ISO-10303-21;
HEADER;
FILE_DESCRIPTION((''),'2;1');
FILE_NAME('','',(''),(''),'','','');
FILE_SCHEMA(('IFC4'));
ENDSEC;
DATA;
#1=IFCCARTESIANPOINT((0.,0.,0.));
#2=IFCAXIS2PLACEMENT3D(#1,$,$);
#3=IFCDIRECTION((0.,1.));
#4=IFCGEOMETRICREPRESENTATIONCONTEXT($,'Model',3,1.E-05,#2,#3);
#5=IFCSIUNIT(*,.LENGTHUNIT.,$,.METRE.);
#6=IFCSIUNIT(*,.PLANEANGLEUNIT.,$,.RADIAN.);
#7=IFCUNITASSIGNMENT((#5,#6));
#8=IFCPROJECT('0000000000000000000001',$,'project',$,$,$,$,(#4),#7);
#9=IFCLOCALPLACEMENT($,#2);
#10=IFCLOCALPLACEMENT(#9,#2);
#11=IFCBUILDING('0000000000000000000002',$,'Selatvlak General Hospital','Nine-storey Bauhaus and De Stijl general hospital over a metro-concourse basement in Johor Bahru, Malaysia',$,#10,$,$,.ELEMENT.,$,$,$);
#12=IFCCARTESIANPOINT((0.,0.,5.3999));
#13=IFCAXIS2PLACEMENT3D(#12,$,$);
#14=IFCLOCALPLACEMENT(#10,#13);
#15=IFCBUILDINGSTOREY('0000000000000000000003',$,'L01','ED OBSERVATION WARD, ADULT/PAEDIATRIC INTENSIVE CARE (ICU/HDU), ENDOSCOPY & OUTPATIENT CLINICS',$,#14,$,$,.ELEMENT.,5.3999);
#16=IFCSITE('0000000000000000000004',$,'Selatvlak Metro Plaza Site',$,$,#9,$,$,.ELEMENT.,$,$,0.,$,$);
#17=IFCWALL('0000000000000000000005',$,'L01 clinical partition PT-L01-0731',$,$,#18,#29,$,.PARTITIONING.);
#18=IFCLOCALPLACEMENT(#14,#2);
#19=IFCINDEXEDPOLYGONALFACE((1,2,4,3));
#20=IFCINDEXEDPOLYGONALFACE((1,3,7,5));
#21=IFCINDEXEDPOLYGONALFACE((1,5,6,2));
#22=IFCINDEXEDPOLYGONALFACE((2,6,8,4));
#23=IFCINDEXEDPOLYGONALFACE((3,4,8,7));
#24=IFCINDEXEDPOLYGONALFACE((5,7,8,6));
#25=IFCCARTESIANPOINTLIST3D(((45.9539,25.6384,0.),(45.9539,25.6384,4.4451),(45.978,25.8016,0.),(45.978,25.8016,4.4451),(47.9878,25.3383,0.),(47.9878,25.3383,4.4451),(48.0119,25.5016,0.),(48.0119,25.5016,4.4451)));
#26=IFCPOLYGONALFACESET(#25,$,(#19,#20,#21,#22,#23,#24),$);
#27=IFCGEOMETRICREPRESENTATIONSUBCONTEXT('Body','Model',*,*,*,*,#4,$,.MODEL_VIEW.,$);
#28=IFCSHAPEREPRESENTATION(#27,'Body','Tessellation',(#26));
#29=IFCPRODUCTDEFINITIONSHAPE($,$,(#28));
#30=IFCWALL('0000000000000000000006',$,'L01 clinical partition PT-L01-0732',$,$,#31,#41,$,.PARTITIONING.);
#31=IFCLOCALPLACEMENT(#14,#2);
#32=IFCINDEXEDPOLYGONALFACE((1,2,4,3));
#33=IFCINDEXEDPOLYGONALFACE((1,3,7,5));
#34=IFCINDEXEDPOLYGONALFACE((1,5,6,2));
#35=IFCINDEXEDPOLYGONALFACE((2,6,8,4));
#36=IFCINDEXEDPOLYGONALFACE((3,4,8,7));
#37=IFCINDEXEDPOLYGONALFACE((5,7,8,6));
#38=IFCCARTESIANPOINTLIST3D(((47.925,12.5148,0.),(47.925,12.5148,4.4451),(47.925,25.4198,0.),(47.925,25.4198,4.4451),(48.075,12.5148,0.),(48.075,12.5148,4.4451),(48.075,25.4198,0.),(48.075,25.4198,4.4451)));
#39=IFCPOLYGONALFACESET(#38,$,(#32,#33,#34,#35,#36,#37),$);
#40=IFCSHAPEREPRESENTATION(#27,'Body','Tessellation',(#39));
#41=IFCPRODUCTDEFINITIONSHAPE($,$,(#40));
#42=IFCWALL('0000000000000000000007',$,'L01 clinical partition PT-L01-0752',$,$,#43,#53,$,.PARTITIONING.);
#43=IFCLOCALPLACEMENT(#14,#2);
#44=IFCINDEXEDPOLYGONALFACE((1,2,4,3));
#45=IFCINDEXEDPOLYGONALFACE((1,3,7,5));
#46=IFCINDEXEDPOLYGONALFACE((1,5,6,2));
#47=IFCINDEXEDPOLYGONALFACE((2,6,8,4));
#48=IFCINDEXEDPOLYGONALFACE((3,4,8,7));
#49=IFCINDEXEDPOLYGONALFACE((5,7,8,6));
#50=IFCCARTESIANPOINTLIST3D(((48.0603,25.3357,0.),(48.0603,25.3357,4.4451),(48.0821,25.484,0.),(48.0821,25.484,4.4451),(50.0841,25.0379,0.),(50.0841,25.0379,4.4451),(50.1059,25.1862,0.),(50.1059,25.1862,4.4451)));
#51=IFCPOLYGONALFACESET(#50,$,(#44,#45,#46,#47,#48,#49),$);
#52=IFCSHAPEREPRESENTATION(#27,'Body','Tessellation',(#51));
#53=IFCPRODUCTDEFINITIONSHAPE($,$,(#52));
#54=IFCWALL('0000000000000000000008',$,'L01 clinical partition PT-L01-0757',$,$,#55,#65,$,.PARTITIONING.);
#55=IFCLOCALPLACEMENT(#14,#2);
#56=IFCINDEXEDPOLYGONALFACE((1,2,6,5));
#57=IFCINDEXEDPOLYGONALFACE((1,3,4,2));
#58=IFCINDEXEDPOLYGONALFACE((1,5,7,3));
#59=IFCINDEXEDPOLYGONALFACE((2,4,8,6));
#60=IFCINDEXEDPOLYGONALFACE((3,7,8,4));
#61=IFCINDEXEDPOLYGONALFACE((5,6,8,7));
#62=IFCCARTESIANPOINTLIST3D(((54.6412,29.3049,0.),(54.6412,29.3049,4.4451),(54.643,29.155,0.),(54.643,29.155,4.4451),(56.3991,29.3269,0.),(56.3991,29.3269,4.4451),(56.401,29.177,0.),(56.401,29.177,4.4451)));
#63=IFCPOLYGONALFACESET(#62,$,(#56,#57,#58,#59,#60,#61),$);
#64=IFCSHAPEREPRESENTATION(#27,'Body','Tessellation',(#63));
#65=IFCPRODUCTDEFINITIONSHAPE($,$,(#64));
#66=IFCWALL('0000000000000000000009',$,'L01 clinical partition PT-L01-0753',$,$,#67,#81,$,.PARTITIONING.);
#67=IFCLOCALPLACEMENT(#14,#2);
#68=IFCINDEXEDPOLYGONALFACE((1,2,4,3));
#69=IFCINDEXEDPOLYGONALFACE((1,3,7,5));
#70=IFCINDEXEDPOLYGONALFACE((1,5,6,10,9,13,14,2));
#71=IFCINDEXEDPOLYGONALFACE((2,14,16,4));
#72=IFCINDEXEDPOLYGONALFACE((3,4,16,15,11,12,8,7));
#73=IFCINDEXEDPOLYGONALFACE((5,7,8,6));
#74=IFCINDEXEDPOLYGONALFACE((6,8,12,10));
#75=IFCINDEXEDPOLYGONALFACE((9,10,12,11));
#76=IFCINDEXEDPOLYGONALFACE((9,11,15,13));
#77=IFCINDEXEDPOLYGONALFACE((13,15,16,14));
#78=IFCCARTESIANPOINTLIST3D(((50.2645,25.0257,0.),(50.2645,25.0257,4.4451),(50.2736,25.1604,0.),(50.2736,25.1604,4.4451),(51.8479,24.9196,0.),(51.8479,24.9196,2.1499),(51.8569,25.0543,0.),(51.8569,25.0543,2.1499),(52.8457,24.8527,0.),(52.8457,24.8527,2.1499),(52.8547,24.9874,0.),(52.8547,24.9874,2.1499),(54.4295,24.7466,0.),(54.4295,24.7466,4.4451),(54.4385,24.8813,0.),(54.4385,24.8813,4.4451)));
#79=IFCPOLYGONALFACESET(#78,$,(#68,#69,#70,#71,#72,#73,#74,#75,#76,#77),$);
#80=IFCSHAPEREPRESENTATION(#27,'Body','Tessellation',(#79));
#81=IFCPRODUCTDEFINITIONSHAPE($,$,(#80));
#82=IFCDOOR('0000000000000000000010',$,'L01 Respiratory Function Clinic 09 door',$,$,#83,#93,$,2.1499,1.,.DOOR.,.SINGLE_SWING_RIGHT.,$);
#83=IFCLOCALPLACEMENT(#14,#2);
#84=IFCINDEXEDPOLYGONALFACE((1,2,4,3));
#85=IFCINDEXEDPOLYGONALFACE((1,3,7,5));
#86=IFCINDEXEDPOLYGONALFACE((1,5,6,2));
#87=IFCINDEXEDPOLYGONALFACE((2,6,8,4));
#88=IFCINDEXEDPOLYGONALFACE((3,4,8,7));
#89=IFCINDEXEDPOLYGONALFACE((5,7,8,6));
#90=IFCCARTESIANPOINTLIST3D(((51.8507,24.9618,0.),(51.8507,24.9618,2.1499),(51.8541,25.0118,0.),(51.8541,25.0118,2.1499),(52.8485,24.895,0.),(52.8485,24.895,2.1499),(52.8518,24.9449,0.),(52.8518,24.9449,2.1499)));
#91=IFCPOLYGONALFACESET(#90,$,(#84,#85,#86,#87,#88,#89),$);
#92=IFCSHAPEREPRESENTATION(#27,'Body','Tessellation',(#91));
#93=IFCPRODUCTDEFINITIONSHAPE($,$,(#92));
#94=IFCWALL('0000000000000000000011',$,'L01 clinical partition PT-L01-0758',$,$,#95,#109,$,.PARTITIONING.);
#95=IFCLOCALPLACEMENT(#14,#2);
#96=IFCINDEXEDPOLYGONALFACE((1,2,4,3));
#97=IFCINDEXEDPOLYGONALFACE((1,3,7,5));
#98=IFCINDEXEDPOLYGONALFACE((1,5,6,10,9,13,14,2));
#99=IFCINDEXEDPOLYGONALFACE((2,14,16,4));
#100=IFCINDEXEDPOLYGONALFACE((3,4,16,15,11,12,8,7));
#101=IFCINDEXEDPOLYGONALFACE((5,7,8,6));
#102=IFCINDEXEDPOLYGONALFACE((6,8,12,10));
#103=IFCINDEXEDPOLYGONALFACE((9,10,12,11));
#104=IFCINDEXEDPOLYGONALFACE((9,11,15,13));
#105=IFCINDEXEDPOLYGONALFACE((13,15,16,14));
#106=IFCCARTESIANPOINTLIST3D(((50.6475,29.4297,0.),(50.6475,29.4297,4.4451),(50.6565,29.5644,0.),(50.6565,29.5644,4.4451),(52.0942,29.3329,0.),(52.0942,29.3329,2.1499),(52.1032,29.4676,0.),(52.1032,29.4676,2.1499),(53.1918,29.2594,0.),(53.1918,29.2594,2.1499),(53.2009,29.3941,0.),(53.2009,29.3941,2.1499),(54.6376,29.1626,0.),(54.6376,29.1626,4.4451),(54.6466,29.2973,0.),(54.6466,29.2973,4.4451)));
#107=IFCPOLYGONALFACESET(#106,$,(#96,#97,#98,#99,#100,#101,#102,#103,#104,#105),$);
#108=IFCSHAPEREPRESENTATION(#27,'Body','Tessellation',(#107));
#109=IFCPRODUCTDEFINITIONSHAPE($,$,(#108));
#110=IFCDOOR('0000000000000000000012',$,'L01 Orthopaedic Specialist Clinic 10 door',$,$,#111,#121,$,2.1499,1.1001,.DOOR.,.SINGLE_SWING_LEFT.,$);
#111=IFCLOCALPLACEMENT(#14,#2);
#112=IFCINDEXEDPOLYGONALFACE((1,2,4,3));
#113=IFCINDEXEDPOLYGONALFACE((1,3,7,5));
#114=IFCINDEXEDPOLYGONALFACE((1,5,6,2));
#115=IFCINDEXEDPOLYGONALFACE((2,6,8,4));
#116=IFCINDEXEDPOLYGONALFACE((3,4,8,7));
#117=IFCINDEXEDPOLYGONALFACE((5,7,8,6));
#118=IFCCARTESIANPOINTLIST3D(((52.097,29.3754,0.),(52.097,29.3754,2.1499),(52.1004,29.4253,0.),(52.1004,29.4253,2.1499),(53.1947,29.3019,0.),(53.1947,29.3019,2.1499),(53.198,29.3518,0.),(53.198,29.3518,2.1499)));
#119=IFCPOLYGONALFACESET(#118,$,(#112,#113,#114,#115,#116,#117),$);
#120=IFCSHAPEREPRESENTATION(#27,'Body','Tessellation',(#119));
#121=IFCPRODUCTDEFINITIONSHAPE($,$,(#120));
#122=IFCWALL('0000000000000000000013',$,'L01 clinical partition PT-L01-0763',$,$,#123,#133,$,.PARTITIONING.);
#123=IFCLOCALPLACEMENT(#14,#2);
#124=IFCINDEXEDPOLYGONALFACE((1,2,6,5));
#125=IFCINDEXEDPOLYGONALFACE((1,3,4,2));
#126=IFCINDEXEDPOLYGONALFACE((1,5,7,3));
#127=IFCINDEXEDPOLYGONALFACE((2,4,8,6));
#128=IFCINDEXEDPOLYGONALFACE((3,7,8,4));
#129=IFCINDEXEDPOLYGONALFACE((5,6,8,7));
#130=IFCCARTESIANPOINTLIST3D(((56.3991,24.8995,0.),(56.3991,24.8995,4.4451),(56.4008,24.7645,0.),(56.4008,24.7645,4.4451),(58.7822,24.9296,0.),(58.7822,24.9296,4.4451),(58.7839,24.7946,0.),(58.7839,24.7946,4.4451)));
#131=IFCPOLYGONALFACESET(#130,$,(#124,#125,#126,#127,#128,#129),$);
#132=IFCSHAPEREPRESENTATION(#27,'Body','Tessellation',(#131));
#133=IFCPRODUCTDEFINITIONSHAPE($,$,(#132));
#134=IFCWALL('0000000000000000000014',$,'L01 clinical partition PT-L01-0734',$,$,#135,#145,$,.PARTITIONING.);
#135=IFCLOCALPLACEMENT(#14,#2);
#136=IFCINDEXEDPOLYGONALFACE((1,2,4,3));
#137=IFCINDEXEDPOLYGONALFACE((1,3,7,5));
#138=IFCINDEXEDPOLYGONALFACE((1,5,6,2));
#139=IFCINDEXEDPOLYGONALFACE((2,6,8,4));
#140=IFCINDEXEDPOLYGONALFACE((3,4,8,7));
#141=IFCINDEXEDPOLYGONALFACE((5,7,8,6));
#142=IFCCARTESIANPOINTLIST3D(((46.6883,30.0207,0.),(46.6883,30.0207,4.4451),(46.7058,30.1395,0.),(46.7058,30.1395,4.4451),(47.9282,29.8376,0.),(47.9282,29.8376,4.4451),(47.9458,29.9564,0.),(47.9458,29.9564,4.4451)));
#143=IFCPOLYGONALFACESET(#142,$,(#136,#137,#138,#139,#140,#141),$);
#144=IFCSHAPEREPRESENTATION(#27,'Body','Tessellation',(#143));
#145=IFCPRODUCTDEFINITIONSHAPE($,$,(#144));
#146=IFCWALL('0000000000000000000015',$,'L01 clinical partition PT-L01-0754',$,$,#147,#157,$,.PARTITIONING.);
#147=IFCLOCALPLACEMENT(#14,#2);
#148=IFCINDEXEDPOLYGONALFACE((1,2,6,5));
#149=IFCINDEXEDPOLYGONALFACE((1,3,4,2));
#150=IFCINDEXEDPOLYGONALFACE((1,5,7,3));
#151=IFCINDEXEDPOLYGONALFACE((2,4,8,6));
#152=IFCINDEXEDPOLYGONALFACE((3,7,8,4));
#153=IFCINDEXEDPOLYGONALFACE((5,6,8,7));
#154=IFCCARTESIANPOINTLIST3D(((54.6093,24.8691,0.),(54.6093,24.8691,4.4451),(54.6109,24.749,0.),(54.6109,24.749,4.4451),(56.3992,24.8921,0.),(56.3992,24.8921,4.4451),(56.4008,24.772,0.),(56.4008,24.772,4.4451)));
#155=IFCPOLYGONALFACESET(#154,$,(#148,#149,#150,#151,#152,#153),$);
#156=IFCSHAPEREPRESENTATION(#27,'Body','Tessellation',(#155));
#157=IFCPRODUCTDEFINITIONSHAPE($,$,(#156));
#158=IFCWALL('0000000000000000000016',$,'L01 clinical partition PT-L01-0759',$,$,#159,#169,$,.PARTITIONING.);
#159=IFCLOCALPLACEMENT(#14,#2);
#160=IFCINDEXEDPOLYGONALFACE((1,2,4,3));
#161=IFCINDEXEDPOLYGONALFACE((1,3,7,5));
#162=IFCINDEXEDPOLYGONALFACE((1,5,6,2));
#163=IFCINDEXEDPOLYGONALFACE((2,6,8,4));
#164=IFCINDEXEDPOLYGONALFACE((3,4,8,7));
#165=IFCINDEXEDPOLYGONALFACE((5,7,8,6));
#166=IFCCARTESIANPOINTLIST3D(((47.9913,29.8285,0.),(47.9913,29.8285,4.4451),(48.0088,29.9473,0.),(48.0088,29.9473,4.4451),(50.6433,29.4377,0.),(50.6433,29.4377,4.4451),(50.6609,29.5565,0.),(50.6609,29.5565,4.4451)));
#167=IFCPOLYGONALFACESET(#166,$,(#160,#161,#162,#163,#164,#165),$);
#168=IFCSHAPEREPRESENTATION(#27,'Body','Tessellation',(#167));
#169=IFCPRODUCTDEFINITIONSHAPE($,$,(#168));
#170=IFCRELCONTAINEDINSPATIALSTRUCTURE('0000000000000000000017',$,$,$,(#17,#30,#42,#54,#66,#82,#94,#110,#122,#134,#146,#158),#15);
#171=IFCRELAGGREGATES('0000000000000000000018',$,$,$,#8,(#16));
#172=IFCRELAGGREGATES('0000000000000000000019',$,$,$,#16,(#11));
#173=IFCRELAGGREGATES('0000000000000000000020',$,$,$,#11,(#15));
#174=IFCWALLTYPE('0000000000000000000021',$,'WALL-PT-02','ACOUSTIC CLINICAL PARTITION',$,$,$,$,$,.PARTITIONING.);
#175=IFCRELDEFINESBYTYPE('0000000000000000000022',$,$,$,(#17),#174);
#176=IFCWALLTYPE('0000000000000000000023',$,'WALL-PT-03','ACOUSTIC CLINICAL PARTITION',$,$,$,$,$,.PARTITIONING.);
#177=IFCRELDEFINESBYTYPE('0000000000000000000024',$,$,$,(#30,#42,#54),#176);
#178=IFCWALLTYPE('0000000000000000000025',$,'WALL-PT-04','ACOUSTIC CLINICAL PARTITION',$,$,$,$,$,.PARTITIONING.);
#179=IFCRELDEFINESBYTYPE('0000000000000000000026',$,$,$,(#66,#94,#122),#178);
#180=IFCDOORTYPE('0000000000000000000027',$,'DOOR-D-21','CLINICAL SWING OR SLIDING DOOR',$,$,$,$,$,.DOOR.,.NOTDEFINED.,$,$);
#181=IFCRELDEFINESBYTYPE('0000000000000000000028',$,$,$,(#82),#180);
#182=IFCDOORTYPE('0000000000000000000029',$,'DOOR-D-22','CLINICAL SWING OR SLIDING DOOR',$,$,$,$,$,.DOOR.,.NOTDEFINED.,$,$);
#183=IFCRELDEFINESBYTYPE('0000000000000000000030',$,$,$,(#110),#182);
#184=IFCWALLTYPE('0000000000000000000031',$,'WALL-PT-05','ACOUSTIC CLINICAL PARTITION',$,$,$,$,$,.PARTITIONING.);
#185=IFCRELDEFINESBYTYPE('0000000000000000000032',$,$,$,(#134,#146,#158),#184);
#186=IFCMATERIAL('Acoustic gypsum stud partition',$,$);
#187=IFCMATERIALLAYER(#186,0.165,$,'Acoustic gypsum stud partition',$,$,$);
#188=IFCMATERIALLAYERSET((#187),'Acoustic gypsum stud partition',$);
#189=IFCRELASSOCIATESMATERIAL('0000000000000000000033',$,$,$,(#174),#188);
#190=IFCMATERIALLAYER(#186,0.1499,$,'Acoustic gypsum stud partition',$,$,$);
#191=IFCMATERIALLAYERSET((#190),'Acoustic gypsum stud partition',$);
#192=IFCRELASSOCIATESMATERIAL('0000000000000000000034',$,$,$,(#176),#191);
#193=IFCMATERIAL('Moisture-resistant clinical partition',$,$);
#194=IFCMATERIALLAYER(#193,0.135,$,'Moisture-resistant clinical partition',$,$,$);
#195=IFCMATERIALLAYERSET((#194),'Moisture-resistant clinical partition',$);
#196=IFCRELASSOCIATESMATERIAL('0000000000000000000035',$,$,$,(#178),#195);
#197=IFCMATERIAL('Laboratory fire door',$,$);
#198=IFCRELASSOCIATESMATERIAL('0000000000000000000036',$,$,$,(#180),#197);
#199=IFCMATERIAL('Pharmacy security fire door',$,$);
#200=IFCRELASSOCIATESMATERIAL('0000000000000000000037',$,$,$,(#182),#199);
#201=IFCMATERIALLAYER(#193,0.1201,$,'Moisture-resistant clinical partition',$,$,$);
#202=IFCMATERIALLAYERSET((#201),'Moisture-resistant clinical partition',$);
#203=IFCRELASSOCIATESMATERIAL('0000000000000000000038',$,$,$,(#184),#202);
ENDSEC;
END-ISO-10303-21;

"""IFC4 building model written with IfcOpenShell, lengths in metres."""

from ifc_helpers import new_model, si_unit, direction, frame, frame_2d, origin, place, context, subcontext, project, spatial, rectangle, extrude, material, layer, layer_set, type_object, element, fill, save


model = new_model("IFC4")

# Units and contexts
model_context = context("Model", 3, precision=1e-05, world=origin(), true_north=direction((0.0, 1.0)))
body_context = subcontext(model_context, "Body", "Model", "MODEL_VIEW")
ifc_project = project(units=[si_unit("LENGTHUNIT", "METRE"), si_unit("PLANEANGLEUNIT", "RADIAN")], contexts=[model_context])

# Site, building, storey
site_placement = place(None, origin())
site = spatial("IfcSite", under=ifc_project, at=site_placement, Name="Selatvlak Metro Plaza Site", CompositionType="ELEMENT", RefElevation=0.0)
building_placement = place(site_placement, origin())
building = spatial("IfcBuilding", under=site, at=building_placement, Name="Selatvlak General Hospital", Description="Nine-storey Bauhaus and De Stijl general hospital over a metro-concourse basement in Johor Bahru, Malaysia", CompositionType="ELEMENT")
storey_placement = place(building_placement, frame((0.0, 0.0, 5.3999)))
storey = spatial("IfcBuildingStorey", under=building, at=storey_placement, Name="L01", Description="ED OBSERVATION WARD, ADULT/PAEDIATRIC INTENSIVE CARE (ICU/HDU), ENDOSCOPY & OUTPATIENT CLINICS", CompositionType="ELEMENT", Elevation=5.3999)

# Walls
ifc_material_1 = material(Name="Acoustic gypsum stud partition")
ifc_layer_1 = layer(ifc_material_1, 0.165, Name="Acoustic gypsum stud partition")
ifc_layer_set_1 = layer_set([ifc_layer_1], Name="Acoustic gypsum stud partition")
wall_type_1 = type_object("IfcWallType", Name="WALL-PT-02", Description="ACOUSTIC CLINICAL PARTITION", PredefinedType="PARTITIONING", material=ifc_layer_set_1)
wall_1_placement = place(storey_placement, frame((45.9661, 25.72, 0.0), z_axis=(0.0, 0.0, 1.0), x_axis=(0.989293, -0.145942, 0.0)))
element("IfcWall", 1, at=wall_1_placement, inside=storey, type_object=wall_type_1, Name="L01 clinical partition PT-L01-0731", PredefinedType="PARTITIONING", context=body_context, shape_type="SweptSolid", body=[
    extrude(rectangle(XDim=2.0559, YDim=0.165, at=frame_2d((1.0278, 0.0))), origin(), (0.0, 0.0, 1.0), 4.4451),
])
ifc_layer_2 = layer(ifc_material_1, 0.1499, Name="Acoustic gypsum stud partition")
ifc_layer_set_2 = layer_set([ifc_layer_2], Name="Acoustic gypsum stud partition")
wall_type_2 = type_object("IfcWallType", Name="WALL-PT-03", Description="ACOUSTIC CLINICAL PARTITION", PredefinedType="PARTITIONING", material=ifc_layer_set_2)
wall_2_placement = place(storey_placement, frame((48.0, 25.4199, 0.0), z_axis=(0.0, 0.0, 1.0), x_axis=(0.0, -1.0, 0.0)))
element("IfcWall", 2, at=wall_2_placement, inside=storey, type_object=wall_type_2, Name="L01 clinical partition PT-L01-0732", PredefinedType="PARTITIONING", context=body_context, shape_type="SweptSolid", body=[
    extrude(rectangle(XDim=12.905, YDim=0.1499, at=frame_2d((6.4526, 0.0))), origin(), (0.0, 0.0, 1.0), 4.4451),
])
wall_3_placement = place(storey_placement, frame((48.071, 25.4099, 0.0), z_axis=(0.0, 0.0, 1.0), x_axis=(0.989344, -0.145597, 0.0)))
element("IfcWall", 3, at=wall_3_placement, inside=storey, type_object=wall_type_2, Name="L01 clinical partition PT-L01-0752", PredefinedType="PARTITIONING", context=body_context, shape_type="SweptSolid", body=[
    extrude(rectangle(XDim=2.0457, YDim=0.1499, at=frame_2d((1.0229, 0.0))), origin(), (0.0, 0.0, 1.0), 4.4451),
])
wall_4_placement = place(storey_placement, frame((56.3999, 29.252, 0.0), z_axis=(0.0, 0.0, 1.0), x_axis=(-0.999922, -0.012499, 0.0)))
element("IfcWall", 4, at=wall_4_placement, inside=storey, type_object=wall_type_2, Name="L01 clinical partition PT-L01-0757", PredefinedType="PARTITIONING", context=body_context, shape_type="SweptSolid", body=[
    extrude(rectangle(XDim=1.7581, YDim=0.1499, at=frame_2d((0.8789, 0.0))), origin(), (0.0, 0.0, 1.0), 4.4451),
])

# Walls, openings, doors
ifc_material_2 = material(Name="Moisture-resistant clinical partition")
ifc_layer_3 = layer(ifc_material_2, 0.135, Name="Moisture-resistant clinical partition")
ifc_layer_set_3 = layer_set([ifc_layer_3], Name="Moisture-resistant clinical partition")
wall_type_3 = type_object("IfcWallType", Name="WALL-PT-04", Description="ACOUSTIC CLINICAL PARTITION", PredefinedType="PARTITIONING", material=ifc_layer_set_3)
wall_5_placement = place(storey_placement, frame((50.269, 25.093, 0.0), z_axis=(0.0, 0.0, 1.0), x_axis=(0.997763, -0.066849, 0.0)))
wall_5 = element("IfcWall", 5, at=wall_5_placement, inside=storey, type_object=wall_type_3, Name="L01 clinical partition PT-L01-0753", PredefinedType="PARTITIONING", context=body_context, shape_type="SweptSolid", body=[
    extrude(rectangle(XDim=4.1743, YDim=0.135, at=frame_2d((2.0872, 0.0))), origin(), (0.0, 0.0, 1.0), 4.4451),
])
opening_1_placement = place(wall_5_placement, frame((1.5869, 0.0, 0.0)))
opening_1 = element("IfcOpeningElement", 6, at=opening_1_placement, cuts=wall_5, PredefinedType="OPENING", context=body_context, shape_type="SweptSolid", body=[
    extrude(rectangle(XDim=1.0, YDim=2.1499, at=frame_2d((0.5, 1.075))), frame((0.0, 0.0774, 0.0), z_axis=(0.0, -1.0, 0.0), x_axis=(1.0, 0.0, 0.0)), (0.0, 0.0, 1.0), 0.155),
])
ifc_material_3 = material(Name="Laboratory fire door")
door_type_1 = type_object("IfcDoorType", Name="DOOR-D-21", Description="CLINICAL SWING OR SLIDING DOOR", OperationType="NOTDEFINED", PredefinedType="DOOR", material=ifc_material_3)
door_1_placement = place(opening_1_placement, origin())
door_1 = element("IfcDoor", 7, at=door_1_placement, inside=storey, type_object=door_type_1, Name="L01 Respiratory Function Clinic 09 door", OperationType="SINGLE_SWING_RIGHT", OverallHeight=2.1499, OverallWidth=1.0, PredefinedType="DOOR", context=body_context, shape_type="SweptSolid", body=[
    extrude(rectangle(XDim=1.0, YDim=2.1499, at=frame_2d((0.5, 1.075))), frame((0.0, 0.0249, 0.0), z_axis=(0.0, -1.0, 0.0), x_axis=(1.0, 0.0, 0.0)), (0.0, 0.0, 1.0), 0.05),
])
fill(opening_1, door_1)
wall_6_placement = place(storey_placement, frame((54.6421, 29.23, 0.0), z_axis=(0.0, 0.0, 1.0), x_axis=(-0.997767, 0.06679, 0.0)))
wall_6 = element("IfcWall", 8, at=wall_6_placement, inside=storey, type_object=wall_type_3, Name="L01 clinical partition PT-L01-0758", PredefinedType="PARTITIONING", context=body_context, shape_type="SweptSolid", body=[
    extrude(rectangle(XDim=3.999, YDim=0.135, at=frame_2d((1.9995, 0.0))), origin(), (0.0, 0.0, 1.0), 4.4451),
])
opening_2_placement = place(wall_6_placement, frame((1.449, 0.0, 0.0)))
opening_2 = element("IfcOpeningElement", 9, at=opening_2_placement, cuts=wall_6, PredefinedType="OPENING", context=body_context, shape_type="SweptSolid", body=[
    extrude(rectangle(XDim=1.1001, YDim=2.1499, at=frame_2d((0.55, 1.075))), frame((0.0, 0.0774, 0.0), z_axis=(0.0, -1.0, 0.0), x_axis=(1.0, 0.0, 0.0)), (0.0, 0.0, 1.0), 0.155),
])
ifc_material_4 = material(Name="Pharmacy security fire door")
door_type_2 = type_object("IfcDoorType", Name="DOOR-D-22", Description="CLINICAL SWING OR SLIDING DOOR", OperationType="NOTDEFINED", PredefinedType="DOOR", material=ifc_material_4)
door_2_placement = place(opening_2_placement, origin())
door_2 = element("IfcDoor", 10, at=door_2_placement, inside=storey, type_object=door_type_2, Name="L01 Orthopaedic Specialist Clinic 10 door", OperationType="SINGLE_SWING_LEFT", OverallHeight=2.1499, OverallWidth=1.1001, PredefinedType="DOOR", context=body_context, shape_type="SweptSolid", body=[
    extrude(rectangle(XDim=1.1001, YDim=2.1499, at=frame_2d((0.55, 1.075))), frame((0.0, 0.0249, 0.0), z_axis=(0.0, -1.0, 0.0), x_axis=(1.0, 0.0, 0.0)), (0.0, 0.0, 1.0), 0.05),
])
fill(opening_2, door_2)

# Walls
wall_7_placement = place(storey_placement, frame((56.3999, 24.832, 0.0), z_axis=(0.0, 0.0, 1.0), x_axis=(0.999921, 0.0126, 0.0)))
element("IfcWall", 11, at=wall_7_placement, inside=storey, type_object=wall_type_3, Name="L01 clinical partition PT-L01-0763", PredefinedType="PARTITIONING", context=body_context, shape_type="SweptSolid", body=[
    extrude(rectangle(XDim=2.3833, YDim=0.135, at=frame_2d((1.1917, 0.0))), origin(), (0.0, 0.0, 1.0), 4.4451),
])
ifc_layer_4 = layer(ifc_material_2, 0.1201, Name="Moisture-resistant clinical partition")
ifc_layer_set_4 = layer_set([ifc_layer_4], Name="Moisture-resistant clinical partition")
wall_type_4 = type_object("IfcWallType", Name="WALL-PT-05", Description="ACOUSTIC CLINICAL PARTITION", PredefinedType="PARTITIONING", material=ifc_layer_set_4)
wall_8_placement = place(storey_placement, frame((47.937, 29.897, 0.0), z_axis=(0.0, 0.0, 1.0), x_axis=(-0.989272, 0.146083, 0.0)))
element("IfcWall", 12, at=wall_8_placement, inside=storey, type_object=wall_type_4, Name="L01 clinical partition PT-L01-0734", PredefinedType="PARTITIONING", context=body_context, shape_type="SweptSolid", body=[
    extrude(rectangle(XDim=1.2534, YDim=0.1201, at=frame_2d((0.6267, 0.0))), origin(), (0.0, 0.0, 1.0), 4.4451),
])
wall_9_placement = place(storey_placement, frame((54.6101, 24.8091, 0.0), z_axis=(0.0, 0.0, 1.0), x_axis=(0.999918, 0.012821, 0.0)))
element("IfcWall", 13, at=wall_9_placement, inside=storey, type_object=wall_type_4, Name="L01 clinical partition PT-L01-0754", PredefinedType="PARTITIONING", context=body_context, shape_type="SweptSolid", body=[
    extrude(rectangle(XDim=1.79, YDim=0.1201, at=frame_2d((0.895, 0.0))), origin(), (0.0, 0.0, 1.0), 4.4451),
])
wall_10_placement = place(storey_placement, frame((50.6521, 29.4971, 0.0), z_axis=(0.0, 0.0, 1.0), x_axis=(-0.989313, 0.145806, 0.0)))
element("IfcWall", 14, at=wall_10_placement, inside=storey, type_object=wall_type_4, Name="L01 clinical partition PT-L01-0759", PredefinedType="PARTITIONING", context=body_context, shape_type="SweptSolid", body=[
    extrude(rectangle(XDim=2.6807, YDim=0.1201, at=frame_2d((1.3403, 0.0))), origin(), (0.0, 0.0, 1.0), 4.4451),
])

save(model, "model.ifc")
